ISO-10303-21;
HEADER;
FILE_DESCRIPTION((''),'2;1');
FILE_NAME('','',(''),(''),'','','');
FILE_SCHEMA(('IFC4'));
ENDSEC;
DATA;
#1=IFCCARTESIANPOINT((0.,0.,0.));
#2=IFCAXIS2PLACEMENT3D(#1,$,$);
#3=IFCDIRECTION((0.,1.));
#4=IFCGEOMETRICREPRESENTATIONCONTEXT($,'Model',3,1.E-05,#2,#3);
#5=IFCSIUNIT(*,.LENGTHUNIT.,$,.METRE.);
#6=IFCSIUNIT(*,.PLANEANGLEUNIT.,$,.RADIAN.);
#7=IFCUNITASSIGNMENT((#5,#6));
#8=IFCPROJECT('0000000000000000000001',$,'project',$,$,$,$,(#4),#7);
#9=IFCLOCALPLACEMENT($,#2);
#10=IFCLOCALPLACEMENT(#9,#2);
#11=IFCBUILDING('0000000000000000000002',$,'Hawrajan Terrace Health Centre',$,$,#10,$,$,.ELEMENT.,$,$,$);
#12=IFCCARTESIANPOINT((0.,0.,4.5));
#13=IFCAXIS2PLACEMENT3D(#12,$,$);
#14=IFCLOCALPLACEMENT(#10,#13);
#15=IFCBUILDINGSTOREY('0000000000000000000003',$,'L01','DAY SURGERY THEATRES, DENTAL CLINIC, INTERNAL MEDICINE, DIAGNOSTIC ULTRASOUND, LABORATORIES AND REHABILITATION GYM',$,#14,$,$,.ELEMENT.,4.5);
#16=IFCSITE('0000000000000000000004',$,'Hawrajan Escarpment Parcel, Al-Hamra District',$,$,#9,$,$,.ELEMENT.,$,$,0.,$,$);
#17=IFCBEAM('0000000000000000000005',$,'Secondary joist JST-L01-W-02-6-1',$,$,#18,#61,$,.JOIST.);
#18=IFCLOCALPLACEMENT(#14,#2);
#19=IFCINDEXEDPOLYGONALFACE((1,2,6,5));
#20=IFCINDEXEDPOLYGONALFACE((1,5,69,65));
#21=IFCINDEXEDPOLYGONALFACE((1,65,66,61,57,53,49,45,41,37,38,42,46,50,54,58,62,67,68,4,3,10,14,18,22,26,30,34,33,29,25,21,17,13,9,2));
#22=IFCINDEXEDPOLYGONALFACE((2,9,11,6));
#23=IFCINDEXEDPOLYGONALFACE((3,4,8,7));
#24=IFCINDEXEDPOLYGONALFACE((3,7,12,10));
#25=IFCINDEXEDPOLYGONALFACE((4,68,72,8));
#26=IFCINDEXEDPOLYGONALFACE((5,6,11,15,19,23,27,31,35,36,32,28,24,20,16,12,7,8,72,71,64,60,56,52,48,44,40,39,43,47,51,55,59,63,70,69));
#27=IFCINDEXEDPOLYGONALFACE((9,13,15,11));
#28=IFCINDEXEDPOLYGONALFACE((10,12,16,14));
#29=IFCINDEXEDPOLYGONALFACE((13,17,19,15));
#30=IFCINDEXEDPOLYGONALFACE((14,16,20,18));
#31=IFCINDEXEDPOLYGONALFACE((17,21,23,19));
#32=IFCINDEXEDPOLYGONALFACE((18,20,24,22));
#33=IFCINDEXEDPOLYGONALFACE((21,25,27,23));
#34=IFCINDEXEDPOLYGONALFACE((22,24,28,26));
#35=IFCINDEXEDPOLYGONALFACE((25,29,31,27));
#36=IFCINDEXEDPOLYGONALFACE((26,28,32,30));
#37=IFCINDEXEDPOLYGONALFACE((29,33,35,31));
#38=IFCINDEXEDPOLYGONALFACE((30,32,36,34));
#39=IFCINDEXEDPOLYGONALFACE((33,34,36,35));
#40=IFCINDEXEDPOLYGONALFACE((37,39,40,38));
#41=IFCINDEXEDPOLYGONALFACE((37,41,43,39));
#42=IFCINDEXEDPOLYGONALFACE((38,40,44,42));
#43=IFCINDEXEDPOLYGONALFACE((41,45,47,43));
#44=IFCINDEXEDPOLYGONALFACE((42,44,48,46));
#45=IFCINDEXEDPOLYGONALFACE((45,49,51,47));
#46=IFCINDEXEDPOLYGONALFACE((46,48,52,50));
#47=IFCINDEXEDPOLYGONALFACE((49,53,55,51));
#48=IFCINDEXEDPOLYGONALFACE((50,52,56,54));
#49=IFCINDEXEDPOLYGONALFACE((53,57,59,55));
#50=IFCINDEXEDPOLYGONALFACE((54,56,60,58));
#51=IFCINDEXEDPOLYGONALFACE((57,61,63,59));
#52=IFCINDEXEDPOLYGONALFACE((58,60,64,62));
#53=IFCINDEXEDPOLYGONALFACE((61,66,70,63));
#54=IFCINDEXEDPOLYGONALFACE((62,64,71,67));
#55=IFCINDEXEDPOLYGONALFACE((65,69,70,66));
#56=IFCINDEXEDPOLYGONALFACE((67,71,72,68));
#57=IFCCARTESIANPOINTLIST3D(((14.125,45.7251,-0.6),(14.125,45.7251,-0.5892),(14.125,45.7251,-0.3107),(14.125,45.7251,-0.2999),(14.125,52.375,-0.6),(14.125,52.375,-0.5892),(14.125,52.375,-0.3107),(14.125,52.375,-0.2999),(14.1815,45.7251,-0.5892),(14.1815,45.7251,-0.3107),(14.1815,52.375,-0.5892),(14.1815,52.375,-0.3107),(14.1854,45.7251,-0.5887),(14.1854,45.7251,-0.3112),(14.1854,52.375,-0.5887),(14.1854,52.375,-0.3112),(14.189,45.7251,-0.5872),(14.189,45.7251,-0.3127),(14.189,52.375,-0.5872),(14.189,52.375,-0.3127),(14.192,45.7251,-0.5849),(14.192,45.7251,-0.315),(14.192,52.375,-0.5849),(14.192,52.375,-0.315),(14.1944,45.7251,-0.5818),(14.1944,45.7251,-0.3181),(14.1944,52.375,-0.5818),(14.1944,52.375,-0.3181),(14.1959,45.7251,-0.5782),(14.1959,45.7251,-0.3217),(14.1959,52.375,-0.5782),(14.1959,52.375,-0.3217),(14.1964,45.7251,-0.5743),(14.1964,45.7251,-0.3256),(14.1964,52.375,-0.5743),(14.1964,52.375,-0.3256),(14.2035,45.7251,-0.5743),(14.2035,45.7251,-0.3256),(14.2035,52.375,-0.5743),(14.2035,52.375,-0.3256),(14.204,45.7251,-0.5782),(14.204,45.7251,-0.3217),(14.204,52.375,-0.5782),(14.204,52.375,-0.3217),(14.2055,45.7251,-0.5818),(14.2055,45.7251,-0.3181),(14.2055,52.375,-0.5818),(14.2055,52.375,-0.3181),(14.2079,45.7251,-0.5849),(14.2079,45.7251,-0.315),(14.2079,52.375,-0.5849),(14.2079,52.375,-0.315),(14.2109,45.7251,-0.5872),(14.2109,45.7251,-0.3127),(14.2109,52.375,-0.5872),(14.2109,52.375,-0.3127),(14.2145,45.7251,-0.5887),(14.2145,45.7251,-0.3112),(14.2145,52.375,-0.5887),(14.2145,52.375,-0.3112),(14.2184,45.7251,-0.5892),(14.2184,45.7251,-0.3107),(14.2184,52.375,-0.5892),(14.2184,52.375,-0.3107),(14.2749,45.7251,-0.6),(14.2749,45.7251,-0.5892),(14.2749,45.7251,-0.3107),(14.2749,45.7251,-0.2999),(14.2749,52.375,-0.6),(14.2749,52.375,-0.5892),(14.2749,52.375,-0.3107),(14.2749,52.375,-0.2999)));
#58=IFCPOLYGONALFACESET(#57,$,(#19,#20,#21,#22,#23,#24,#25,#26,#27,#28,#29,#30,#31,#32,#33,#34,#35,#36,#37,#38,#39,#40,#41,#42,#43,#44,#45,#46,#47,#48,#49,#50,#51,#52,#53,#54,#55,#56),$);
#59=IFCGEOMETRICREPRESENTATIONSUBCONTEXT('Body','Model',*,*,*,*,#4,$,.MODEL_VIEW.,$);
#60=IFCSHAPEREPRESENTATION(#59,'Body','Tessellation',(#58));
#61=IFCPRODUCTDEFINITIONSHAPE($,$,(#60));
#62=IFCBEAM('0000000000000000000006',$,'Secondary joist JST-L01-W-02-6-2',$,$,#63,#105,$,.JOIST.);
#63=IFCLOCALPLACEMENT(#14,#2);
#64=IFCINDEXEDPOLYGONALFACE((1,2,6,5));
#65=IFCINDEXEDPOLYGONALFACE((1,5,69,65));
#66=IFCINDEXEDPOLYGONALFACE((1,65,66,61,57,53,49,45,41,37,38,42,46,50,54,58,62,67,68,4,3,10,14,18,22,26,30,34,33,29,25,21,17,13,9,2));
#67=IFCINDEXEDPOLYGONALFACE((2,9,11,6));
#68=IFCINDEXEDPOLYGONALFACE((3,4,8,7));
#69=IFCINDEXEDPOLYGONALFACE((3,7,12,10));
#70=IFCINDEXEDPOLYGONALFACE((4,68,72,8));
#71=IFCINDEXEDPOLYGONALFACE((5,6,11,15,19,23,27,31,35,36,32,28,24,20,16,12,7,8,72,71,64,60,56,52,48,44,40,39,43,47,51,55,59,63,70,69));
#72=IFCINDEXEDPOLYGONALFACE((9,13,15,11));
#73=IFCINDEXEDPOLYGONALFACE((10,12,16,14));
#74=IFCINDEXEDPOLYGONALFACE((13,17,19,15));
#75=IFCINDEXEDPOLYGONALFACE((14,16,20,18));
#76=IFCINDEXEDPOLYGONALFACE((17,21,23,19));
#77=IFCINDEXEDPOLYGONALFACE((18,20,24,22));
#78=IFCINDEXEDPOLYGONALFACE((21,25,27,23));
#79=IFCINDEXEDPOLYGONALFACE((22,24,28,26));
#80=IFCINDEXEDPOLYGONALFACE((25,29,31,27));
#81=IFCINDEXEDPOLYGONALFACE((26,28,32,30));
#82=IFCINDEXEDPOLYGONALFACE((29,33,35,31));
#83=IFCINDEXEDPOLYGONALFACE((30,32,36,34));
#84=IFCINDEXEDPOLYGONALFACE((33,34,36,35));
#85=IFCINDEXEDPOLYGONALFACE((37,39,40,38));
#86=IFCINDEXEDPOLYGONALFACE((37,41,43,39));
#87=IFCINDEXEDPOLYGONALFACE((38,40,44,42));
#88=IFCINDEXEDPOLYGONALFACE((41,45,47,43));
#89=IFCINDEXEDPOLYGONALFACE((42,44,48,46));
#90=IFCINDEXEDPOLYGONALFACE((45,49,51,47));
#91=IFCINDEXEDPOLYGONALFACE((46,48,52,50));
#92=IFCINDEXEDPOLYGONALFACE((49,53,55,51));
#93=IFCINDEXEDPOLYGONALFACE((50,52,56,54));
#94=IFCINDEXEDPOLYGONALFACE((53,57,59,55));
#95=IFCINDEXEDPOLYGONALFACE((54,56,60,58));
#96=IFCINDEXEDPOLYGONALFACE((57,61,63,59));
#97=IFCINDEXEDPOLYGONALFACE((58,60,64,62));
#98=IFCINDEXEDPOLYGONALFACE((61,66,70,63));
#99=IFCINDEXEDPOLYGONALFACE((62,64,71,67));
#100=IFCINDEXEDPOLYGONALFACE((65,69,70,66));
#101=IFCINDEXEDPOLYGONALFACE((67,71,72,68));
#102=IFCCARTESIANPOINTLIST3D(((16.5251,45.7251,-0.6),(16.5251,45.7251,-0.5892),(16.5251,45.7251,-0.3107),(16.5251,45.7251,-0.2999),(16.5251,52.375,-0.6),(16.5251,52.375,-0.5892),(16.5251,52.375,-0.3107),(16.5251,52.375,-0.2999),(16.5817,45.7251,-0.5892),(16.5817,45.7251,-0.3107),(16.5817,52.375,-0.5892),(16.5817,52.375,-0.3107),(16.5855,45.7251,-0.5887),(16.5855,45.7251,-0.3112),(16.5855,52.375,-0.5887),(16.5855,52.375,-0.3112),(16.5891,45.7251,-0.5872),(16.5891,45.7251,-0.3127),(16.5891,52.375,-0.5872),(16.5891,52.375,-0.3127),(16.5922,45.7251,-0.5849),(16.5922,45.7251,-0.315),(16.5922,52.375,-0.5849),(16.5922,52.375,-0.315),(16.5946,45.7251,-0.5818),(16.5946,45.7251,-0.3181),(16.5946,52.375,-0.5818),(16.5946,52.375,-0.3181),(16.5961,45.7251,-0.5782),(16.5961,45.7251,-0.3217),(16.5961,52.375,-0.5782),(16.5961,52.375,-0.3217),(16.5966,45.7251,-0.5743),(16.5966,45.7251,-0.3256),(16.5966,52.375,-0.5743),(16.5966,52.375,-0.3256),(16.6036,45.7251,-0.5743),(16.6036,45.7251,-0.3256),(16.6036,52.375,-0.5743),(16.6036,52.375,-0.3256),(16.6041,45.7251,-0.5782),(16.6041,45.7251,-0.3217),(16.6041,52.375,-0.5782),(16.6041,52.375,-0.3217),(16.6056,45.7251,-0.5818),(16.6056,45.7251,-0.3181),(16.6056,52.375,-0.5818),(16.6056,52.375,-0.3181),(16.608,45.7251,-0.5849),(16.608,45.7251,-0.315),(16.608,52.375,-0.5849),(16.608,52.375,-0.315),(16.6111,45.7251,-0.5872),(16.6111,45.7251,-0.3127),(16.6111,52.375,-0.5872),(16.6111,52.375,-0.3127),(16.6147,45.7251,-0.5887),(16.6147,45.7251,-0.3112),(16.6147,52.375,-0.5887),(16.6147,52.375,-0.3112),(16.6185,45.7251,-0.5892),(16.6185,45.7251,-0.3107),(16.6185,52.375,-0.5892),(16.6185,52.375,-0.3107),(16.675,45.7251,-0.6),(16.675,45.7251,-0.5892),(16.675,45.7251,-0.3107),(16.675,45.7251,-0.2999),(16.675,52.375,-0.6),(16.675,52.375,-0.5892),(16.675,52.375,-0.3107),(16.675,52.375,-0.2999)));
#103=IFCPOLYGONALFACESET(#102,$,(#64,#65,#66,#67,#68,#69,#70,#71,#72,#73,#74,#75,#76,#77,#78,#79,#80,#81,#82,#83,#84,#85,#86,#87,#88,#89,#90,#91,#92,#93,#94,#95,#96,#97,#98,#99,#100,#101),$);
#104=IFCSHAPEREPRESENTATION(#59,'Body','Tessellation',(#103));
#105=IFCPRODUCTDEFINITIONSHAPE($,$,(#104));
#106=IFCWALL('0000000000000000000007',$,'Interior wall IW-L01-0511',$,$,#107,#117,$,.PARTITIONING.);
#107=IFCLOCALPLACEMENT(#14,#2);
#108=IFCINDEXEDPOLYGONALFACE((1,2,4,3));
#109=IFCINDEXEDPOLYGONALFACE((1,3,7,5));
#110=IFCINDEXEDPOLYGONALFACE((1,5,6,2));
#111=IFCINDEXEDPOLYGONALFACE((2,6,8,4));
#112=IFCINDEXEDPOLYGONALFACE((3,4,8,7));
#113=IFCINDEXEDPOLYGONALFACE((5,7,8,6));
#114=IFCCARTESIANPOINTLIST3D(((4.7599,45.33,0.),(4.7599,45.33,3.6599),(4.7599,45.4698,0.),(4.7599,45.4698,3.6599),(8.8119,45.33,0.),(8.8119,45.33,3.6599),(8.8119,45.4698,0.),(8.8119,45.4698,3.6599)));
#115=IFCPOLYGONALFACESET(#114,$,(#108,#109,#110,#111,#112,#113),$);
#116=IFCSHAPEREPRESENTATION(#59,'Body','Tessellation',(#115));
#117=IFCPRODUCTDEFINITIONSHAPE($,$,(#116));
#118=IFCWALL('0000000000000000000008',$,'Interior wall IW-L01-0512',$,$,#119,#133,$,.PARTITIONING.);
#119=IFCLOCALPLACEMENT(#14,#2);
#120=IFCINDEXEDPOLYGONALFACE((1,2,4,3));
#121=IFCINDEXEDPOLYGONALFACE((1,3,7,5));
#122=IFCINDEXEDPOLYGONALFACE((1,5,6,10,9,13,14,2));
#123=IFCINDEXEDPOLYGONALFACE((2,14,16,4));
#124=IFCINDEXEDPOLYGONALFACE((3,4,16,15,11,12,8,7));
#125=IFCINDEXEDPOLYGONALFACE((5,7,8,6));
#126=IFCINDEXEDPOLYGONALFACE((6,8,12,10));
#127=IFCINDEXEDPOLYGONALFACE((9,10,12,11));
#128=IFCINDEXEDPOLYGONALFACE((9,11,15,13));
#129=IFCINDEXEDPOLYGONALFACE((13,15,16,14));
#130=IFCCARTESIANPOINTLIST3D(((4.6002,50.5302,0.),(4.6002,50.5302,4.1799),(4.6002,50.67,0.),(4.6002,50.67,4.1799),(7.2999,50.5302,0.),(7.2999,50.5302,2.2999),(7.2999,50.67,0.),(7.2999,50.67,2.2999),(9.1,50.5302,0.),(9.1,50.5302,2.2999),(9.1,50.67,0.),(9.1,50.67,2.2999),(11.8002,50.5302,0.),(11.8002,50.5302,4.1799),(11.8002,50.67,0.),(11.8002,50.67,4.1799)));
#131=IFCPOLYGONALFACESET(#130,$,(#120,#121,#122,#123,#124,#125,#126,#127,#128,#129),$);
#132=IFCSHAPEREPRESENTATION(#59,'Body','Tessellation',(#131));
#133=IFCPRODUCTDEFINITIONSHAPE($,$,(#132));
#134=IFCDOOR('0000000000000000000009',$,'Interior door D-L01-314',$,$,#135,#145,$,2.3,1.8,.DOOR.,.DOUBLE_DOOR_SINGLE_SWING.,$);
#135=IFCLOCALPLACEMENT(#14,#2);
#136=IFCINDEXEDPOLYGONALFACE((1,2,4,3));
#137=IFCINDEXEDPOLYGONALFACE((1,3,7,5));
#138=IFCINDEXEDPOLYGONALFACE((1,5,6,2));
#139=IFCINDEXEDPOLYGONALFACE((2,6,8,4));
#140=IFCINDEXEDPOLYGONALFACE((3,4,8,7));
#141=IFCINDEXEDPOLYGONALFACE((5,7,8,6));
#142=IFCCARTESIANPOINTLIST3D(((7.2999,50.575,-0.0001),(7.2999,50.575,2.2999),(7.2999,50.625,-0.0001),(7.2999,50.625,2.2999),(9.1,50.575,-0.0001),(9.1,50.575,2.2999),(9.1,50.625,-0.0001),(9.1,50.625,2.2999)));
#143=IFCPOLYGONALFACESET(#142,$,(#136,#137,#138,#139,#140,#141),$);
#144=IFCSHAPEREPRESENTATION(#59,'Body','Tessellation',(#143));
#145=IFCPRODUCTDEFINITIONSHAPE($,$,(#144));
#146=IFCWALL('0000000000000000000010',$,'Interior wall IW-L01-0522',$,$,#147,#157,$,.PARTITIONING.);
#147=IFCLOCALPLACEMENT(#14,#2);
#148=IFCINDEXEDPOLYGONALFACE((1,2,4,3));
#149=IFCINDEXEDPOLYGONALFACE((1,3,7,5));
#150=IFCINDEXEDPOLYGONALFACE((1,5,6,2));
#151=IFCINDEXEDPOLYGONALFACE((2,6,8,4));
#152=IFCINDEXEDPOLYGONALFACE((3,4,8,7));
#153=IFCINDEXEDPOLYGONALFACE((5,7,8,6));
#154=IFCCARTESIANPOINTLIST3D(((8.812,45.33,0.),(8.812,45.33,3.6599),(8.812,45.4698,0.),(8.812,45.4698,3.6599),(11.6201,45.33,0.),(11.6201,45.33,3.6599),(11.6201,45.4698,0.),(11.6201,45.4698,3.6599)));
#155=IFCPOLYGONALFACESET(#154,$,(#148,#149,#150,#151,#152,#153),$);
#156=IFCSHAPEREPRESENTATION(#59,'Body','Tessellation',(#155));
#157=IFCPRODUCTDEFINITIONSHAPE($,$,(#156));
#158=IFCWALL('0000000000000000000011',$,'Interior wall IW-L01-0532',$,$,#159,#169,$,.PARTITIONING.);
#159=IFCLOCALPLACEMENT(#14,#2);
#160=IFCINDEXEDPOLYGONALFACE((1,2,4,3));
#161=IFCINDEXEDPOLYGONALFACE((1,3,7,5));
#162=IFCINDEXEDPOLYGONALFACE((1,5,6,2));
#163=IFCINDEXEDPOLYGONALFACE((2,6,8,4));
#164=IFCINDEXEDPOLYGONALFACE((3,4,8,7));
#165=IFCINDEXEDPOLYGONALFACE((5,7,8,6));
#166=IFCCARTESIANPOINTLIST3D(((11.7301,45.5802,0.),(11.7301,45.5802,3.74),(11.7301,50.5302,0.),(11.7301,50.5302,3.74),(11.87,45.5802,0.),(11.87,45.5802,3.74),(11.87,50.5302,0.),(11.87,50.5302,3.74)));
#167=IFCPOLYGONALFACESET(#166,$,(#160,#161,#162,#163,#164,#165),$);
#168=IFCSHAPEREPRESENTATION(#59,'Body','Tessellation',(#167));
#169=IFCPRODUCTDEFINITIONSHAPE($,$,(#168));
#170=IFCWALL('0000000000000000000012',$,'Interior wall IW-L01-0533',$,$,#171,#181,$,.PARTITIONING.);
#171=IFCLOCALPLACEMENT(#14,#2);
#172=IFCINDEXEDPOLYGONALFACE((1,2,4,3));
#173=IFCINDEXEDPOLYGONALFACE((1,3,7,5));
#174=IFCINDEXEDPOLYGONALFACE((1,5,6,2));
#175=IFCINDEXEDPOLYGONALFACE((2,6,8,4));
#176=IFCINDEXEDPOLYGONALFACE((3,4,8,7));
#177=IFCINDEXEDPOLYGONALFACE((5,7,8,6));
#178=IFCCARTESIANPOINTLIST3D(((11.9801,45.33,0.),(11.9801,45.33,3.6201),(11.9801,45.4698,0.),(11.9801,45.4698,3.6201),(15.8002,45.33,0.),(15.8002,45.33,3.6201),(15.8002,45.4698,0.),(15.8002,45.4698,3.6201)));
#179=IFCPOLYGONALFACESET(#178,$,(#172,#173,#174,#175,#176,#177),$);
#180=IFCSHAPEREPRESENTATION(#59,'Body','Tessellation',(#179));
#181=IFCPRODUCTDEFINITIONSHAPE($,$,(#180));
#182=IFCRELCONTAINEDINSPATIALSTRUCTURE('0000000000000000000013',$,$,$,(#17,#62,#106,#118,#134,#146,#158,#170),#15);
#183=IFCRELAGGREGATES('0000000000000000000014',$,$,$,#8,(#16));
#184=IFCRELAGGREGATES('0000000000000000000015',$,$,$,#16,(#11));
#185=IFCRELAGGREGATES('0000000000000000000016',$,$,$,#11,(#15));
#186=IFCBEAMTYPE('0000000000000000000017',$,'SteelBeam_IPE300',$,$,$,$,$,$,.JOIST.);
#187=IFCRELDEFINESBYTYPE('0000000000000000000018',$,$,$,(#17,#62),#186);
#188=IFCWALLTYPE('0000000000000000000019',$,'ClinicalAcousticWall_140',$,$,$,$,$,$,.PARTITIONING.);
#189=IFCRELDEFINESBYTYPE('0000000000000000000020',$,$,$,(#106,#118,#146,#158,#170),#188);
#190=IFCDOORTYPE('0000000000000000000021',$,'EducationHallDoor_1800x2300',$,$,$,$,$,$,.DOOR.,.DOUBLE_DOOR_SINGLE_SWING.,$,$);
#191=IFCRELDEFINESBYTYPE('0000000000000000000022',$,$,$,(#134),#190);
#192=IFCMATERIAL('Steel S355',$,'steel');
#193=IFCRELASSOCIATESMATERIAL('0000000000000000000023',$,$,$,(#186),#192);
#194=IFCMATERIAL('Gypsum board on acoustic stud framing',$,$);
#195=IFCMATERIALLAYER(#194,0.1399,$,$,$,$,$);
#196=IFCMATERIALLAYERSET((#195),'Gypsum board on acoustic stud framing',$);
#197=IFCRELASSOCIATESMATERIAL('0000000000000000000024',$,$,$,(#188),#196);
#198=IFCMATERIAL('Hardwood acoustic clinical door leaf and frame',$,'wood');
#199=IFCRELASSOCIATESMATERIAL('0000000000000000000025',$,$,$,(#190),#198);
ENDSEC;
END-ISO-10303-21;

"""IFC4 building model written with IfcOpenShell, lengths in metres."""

from ifc_helpers import new_model, si_unit, direction, frame, frame_2d, origin, origin_2d, place, context, subcontext, project, spatial, rectangle, i_section, extrude, material, layer, layer_set, material_profile, profile_set, type_object, element, fill, save


model = new_model("IFC4")

# Units and contexts
model_context = context("Model", 3, precision=1e-05, world=origin(), true_north=direction((0.0, 1.0)))
body_context = subcontext(model_context, "Body", "Model", "MODEL_VIEW")
ifc_project = project(units=[si_unit("LENGTHUNIT", "METRE"), si_unit("PLANEANGLEUNIT", "RADIAN")], contexts=[model_context])

# Site, building, storey
site_placement = place(None, origin())
site = spatial("IfcSite", under=ifc_project, at=site_placement, Name="Hawrajan Escarpment Parcel, Al-Hamra District", CompositionType="ELEMENT", RefElevation=0.0)
building_placement = place(site_placement, origin())
building = spatial("IfcBuilding", under=site, at=building_placement, Name="Hawrajan Terrace Health Centre", CompositionType="ELEMENT")
storey_placement = place(building_placement, frame((0.0, 0.0, 4.5)))
storey = spatial("IfcBuildingStorey", under=building, at=storey_placement, Name="L01", Description="DAY SURGERY THEATRES, DENTAL CLINIC, INTERNAL MEDICINE, DIAGNOSTIC ULTRASOUND, LABORATORIES AND REHABILITATION GYM", CompositionType="ELEMENT", Elevation=4.5)

# Beams
ifc_material_1 = material(Name="Steel S355", Category="steel")
ifc_material_profile_1 = material_profile(ifc_material_1, i_section(OverallWidth=0.1499, OverallDepth=0.3, WebThickness=0.0071, FlangeThickness=0.0107, FilletRadius=0.0149, at=origin_2d()), Name="IPE 300")
ifc_profile_set_1 = profile_set([ifc_material_profile_1], Name="Steel S355")
beam_type_1 = type_object("IfcBeamType", Name="SteelBeam_IPE300", PredefinedType="JOIST", material=ifc_profile_set_1)
for number, where, z_axis, x_axis, name in (
    (1, (14.2, 45.7251, -0.45), (0.0, 1.0, 0.0), (-1.0, 0.0, 0.0), "Secondary joist JST-L01-W-02-6-1"),
    (2, (16.6001, 45.7251, -0.45), (0.0, 1.0, 0.0), (-1.0, 0.0, 0.0), "Secondary joist JST-L01-W-02-6-2"),
):
    element("IfcBeam", number, at=place(storey_placement, frame(where, z_axis=z_axis, x_axis=x_axis)), inside=storey, type_object=beam_type_1, Name=name, PredefinedType="JOIST", context=body_context, shape_type="SweptSolid", body=[
        extrude(i_section(OverallWidth=0.1499, OverallDepth=0.3, WebThickness=0.0071, FlangeThickness=0.0107, FilletRadius=0.0149, at=origin_2d()), origin(), (0.0, 0.0, 1.0), 6.6499),
    ])

# Wall
ifc_material_2 = material(Name="Gypsum board on acoustic stud framing")
ifc_layer_1 = layer(ifc_material_2, 0.1399)
ifc_layer_set_1 = layer_set([ifc_layer_1], Name="Gypsum board on acoustic stud framing")
wall_type_1 = type_object("IfcWallType", Name="ClinicalAcousticWall_140", PredefinedType="PARTITIONING", material=ifc_layer_set_1)
wall_1_placement = place(storey_placement, frame((4.76, 45.3999, 0.0), z_axis=(0.0, 0.0, 1.0), x_axis=(1.0, 0.0, 0.0)))
element("IfcWall", 3, at=wall_1_placement, inside=storey, type_object=wall_type_1, Name="Interior wall IW-L01-0511", PredefinedType="PARTITIONING", context=body_context, shape_type="SweptSolid", body=[
    extrude(rectangle(XDim=4.052, YDim=0.1399, at=frame_2d((2.0259, 0.0))), origin(), (0.0, 0.0, 1.0), 3.6599),
])

# Wall, opening, door
wall_2_placement = place(storey_placement, frame((4.6001, 50.6001, 0.0), z_axis=(0.0, 0.0, 1.0), x_axis=(1.0, 0.0, 0.0)))
wall_2 = element("IfcWall", 4, at=wall_2_placement, inside=storey, type_object=wall_type_1, Name="Interior wall IW-L01-0512", PredefinedType="PARTITIONING", context=body_context, shape_type="SweptSolid", body=[
    extrude(rectangle(XDim=7.2, YDim=0.1399, at=frame_2d((3.6001, 0.0))), origin(), (0.0, 0.0, 1.0), 4.1799),
])
opening_1_placement = place(wall_2_placement, frame((2.7, 0.0, 0.0)))
opening_1 = element("IfcOpeningElement", 5, at=opening_1_placement, cuts=wall_2, PredefinedType="OPENING", context=body_context, shape_type="SweptSolid", body=[
    extrude(rectangle(XDim=1.8, YDim=2.3, at=frame_2d((0.8999, 1.1499))), frame((0.0, 0.0798, 0.0), z_axis=(0.0, -1.0, 0.0), x_axis=(1.0, 0.0, 0.0)), (0.0, 0.0, 1.0), 0.1599),
])
ifc_material_3 = material(Name="Hardwood acoustic clinical door leaf and frame", Category="wood")
door_type_1 = type_object("IfcDoorType", Name="EducationHallDoor_1800x2300", OperationType="DOUBLE_DOOR_SINGLE_SWING", PredefinedType="DOOR", material=ifc_material_3)
door_1_placement = place(opening_1_placement, origin())
door_1 = element("IfcDoor", 6, at=door_1_placement, inside=storey, type_object=door_type_1, Name="Interior door D-L01-314", OperationType="DOUBLE_DOOR_SINGLE_SWING", OverallHeight=2.3, OverallWidth=1.8, PredefinedType="DOOR", context=body_context, shape_type="SweptSolid", body=[
    extrude(rectangle(XDim=1.8, YDim=2.3, at=frame_2d((0.8999, 1.1499))), frame((0.0, 0.0249, 0.0), z_axis=(0.0, -1.0, 0.0), x_axis=(1.0, 0.0, 0.0)), (0.0, 0.0, 1.0), 0.05),
])
fill(opening_1, door_1)

# Walls
wall_3_placement = place(storey_placement, frame((8.812, 45.3999, 0.0), z_axis=(0.0, 0.0, 1.0), x_axis=(1.0, 0.0, 0.0)))
element("IfcWall", 7, at=wall_3_placement, inside=storey, type_object=wall_type_1, Name="Interior wall IW-L01-0522", PredefinedType="PARTITIONING", context=body_context, shape_type="SweptSolid", body=[
    extrude(rectangle(XDim=2.8081, YDim=0.1399, at=frame_2d((1.4041, 0.0))), origin(), (0.0, 0.0, 1.0), 3.6599),
])
wall_4_placement = place(storey_placement, frame((11.8, 45.5801, 0.0), z_axis=(0.0, 0.0, 1.0), x_axis=(0.0, 1.0, 0.0)))
element("IfcWall", 8, at=wall_4_placement, inside=storey, type_object=wall_type_1, Name="Interior wall IW-L01-0532", PredefinedType="PARTITIONING", context=body_context, shape_type="SweptSolid", body=[
    extrude(rectangle(XDim=4.95, YDim=0.1399, at=frame_2d((2.4751, 0.0))), origin(), (0.0, 0.0, 1.0), 3.74),
])
wall_5_placement = place(storey_placement, frame((11.98, 45.3999, 0.0), z_axis=(0.0, 0.0, 1.0), x_axis=(1.0, 0.0, 0.0)))
element("IfcWall", 9, at=wall_5_placement, inside=storey, type_object=wall_type_1, Name="Interior wall IW-L01-0533", PredefinedType="PARTITIONING", context=body_context, shape_type="SweptSolid", body=[
    extrude(rectangle(XDim=3.8201, YDim=0.1399, at=frame_2d((1.9102, 0.0))), origin(), (0.0, 0.0, 1.0), 3.6201),
])

save(model, "model.ifc")
